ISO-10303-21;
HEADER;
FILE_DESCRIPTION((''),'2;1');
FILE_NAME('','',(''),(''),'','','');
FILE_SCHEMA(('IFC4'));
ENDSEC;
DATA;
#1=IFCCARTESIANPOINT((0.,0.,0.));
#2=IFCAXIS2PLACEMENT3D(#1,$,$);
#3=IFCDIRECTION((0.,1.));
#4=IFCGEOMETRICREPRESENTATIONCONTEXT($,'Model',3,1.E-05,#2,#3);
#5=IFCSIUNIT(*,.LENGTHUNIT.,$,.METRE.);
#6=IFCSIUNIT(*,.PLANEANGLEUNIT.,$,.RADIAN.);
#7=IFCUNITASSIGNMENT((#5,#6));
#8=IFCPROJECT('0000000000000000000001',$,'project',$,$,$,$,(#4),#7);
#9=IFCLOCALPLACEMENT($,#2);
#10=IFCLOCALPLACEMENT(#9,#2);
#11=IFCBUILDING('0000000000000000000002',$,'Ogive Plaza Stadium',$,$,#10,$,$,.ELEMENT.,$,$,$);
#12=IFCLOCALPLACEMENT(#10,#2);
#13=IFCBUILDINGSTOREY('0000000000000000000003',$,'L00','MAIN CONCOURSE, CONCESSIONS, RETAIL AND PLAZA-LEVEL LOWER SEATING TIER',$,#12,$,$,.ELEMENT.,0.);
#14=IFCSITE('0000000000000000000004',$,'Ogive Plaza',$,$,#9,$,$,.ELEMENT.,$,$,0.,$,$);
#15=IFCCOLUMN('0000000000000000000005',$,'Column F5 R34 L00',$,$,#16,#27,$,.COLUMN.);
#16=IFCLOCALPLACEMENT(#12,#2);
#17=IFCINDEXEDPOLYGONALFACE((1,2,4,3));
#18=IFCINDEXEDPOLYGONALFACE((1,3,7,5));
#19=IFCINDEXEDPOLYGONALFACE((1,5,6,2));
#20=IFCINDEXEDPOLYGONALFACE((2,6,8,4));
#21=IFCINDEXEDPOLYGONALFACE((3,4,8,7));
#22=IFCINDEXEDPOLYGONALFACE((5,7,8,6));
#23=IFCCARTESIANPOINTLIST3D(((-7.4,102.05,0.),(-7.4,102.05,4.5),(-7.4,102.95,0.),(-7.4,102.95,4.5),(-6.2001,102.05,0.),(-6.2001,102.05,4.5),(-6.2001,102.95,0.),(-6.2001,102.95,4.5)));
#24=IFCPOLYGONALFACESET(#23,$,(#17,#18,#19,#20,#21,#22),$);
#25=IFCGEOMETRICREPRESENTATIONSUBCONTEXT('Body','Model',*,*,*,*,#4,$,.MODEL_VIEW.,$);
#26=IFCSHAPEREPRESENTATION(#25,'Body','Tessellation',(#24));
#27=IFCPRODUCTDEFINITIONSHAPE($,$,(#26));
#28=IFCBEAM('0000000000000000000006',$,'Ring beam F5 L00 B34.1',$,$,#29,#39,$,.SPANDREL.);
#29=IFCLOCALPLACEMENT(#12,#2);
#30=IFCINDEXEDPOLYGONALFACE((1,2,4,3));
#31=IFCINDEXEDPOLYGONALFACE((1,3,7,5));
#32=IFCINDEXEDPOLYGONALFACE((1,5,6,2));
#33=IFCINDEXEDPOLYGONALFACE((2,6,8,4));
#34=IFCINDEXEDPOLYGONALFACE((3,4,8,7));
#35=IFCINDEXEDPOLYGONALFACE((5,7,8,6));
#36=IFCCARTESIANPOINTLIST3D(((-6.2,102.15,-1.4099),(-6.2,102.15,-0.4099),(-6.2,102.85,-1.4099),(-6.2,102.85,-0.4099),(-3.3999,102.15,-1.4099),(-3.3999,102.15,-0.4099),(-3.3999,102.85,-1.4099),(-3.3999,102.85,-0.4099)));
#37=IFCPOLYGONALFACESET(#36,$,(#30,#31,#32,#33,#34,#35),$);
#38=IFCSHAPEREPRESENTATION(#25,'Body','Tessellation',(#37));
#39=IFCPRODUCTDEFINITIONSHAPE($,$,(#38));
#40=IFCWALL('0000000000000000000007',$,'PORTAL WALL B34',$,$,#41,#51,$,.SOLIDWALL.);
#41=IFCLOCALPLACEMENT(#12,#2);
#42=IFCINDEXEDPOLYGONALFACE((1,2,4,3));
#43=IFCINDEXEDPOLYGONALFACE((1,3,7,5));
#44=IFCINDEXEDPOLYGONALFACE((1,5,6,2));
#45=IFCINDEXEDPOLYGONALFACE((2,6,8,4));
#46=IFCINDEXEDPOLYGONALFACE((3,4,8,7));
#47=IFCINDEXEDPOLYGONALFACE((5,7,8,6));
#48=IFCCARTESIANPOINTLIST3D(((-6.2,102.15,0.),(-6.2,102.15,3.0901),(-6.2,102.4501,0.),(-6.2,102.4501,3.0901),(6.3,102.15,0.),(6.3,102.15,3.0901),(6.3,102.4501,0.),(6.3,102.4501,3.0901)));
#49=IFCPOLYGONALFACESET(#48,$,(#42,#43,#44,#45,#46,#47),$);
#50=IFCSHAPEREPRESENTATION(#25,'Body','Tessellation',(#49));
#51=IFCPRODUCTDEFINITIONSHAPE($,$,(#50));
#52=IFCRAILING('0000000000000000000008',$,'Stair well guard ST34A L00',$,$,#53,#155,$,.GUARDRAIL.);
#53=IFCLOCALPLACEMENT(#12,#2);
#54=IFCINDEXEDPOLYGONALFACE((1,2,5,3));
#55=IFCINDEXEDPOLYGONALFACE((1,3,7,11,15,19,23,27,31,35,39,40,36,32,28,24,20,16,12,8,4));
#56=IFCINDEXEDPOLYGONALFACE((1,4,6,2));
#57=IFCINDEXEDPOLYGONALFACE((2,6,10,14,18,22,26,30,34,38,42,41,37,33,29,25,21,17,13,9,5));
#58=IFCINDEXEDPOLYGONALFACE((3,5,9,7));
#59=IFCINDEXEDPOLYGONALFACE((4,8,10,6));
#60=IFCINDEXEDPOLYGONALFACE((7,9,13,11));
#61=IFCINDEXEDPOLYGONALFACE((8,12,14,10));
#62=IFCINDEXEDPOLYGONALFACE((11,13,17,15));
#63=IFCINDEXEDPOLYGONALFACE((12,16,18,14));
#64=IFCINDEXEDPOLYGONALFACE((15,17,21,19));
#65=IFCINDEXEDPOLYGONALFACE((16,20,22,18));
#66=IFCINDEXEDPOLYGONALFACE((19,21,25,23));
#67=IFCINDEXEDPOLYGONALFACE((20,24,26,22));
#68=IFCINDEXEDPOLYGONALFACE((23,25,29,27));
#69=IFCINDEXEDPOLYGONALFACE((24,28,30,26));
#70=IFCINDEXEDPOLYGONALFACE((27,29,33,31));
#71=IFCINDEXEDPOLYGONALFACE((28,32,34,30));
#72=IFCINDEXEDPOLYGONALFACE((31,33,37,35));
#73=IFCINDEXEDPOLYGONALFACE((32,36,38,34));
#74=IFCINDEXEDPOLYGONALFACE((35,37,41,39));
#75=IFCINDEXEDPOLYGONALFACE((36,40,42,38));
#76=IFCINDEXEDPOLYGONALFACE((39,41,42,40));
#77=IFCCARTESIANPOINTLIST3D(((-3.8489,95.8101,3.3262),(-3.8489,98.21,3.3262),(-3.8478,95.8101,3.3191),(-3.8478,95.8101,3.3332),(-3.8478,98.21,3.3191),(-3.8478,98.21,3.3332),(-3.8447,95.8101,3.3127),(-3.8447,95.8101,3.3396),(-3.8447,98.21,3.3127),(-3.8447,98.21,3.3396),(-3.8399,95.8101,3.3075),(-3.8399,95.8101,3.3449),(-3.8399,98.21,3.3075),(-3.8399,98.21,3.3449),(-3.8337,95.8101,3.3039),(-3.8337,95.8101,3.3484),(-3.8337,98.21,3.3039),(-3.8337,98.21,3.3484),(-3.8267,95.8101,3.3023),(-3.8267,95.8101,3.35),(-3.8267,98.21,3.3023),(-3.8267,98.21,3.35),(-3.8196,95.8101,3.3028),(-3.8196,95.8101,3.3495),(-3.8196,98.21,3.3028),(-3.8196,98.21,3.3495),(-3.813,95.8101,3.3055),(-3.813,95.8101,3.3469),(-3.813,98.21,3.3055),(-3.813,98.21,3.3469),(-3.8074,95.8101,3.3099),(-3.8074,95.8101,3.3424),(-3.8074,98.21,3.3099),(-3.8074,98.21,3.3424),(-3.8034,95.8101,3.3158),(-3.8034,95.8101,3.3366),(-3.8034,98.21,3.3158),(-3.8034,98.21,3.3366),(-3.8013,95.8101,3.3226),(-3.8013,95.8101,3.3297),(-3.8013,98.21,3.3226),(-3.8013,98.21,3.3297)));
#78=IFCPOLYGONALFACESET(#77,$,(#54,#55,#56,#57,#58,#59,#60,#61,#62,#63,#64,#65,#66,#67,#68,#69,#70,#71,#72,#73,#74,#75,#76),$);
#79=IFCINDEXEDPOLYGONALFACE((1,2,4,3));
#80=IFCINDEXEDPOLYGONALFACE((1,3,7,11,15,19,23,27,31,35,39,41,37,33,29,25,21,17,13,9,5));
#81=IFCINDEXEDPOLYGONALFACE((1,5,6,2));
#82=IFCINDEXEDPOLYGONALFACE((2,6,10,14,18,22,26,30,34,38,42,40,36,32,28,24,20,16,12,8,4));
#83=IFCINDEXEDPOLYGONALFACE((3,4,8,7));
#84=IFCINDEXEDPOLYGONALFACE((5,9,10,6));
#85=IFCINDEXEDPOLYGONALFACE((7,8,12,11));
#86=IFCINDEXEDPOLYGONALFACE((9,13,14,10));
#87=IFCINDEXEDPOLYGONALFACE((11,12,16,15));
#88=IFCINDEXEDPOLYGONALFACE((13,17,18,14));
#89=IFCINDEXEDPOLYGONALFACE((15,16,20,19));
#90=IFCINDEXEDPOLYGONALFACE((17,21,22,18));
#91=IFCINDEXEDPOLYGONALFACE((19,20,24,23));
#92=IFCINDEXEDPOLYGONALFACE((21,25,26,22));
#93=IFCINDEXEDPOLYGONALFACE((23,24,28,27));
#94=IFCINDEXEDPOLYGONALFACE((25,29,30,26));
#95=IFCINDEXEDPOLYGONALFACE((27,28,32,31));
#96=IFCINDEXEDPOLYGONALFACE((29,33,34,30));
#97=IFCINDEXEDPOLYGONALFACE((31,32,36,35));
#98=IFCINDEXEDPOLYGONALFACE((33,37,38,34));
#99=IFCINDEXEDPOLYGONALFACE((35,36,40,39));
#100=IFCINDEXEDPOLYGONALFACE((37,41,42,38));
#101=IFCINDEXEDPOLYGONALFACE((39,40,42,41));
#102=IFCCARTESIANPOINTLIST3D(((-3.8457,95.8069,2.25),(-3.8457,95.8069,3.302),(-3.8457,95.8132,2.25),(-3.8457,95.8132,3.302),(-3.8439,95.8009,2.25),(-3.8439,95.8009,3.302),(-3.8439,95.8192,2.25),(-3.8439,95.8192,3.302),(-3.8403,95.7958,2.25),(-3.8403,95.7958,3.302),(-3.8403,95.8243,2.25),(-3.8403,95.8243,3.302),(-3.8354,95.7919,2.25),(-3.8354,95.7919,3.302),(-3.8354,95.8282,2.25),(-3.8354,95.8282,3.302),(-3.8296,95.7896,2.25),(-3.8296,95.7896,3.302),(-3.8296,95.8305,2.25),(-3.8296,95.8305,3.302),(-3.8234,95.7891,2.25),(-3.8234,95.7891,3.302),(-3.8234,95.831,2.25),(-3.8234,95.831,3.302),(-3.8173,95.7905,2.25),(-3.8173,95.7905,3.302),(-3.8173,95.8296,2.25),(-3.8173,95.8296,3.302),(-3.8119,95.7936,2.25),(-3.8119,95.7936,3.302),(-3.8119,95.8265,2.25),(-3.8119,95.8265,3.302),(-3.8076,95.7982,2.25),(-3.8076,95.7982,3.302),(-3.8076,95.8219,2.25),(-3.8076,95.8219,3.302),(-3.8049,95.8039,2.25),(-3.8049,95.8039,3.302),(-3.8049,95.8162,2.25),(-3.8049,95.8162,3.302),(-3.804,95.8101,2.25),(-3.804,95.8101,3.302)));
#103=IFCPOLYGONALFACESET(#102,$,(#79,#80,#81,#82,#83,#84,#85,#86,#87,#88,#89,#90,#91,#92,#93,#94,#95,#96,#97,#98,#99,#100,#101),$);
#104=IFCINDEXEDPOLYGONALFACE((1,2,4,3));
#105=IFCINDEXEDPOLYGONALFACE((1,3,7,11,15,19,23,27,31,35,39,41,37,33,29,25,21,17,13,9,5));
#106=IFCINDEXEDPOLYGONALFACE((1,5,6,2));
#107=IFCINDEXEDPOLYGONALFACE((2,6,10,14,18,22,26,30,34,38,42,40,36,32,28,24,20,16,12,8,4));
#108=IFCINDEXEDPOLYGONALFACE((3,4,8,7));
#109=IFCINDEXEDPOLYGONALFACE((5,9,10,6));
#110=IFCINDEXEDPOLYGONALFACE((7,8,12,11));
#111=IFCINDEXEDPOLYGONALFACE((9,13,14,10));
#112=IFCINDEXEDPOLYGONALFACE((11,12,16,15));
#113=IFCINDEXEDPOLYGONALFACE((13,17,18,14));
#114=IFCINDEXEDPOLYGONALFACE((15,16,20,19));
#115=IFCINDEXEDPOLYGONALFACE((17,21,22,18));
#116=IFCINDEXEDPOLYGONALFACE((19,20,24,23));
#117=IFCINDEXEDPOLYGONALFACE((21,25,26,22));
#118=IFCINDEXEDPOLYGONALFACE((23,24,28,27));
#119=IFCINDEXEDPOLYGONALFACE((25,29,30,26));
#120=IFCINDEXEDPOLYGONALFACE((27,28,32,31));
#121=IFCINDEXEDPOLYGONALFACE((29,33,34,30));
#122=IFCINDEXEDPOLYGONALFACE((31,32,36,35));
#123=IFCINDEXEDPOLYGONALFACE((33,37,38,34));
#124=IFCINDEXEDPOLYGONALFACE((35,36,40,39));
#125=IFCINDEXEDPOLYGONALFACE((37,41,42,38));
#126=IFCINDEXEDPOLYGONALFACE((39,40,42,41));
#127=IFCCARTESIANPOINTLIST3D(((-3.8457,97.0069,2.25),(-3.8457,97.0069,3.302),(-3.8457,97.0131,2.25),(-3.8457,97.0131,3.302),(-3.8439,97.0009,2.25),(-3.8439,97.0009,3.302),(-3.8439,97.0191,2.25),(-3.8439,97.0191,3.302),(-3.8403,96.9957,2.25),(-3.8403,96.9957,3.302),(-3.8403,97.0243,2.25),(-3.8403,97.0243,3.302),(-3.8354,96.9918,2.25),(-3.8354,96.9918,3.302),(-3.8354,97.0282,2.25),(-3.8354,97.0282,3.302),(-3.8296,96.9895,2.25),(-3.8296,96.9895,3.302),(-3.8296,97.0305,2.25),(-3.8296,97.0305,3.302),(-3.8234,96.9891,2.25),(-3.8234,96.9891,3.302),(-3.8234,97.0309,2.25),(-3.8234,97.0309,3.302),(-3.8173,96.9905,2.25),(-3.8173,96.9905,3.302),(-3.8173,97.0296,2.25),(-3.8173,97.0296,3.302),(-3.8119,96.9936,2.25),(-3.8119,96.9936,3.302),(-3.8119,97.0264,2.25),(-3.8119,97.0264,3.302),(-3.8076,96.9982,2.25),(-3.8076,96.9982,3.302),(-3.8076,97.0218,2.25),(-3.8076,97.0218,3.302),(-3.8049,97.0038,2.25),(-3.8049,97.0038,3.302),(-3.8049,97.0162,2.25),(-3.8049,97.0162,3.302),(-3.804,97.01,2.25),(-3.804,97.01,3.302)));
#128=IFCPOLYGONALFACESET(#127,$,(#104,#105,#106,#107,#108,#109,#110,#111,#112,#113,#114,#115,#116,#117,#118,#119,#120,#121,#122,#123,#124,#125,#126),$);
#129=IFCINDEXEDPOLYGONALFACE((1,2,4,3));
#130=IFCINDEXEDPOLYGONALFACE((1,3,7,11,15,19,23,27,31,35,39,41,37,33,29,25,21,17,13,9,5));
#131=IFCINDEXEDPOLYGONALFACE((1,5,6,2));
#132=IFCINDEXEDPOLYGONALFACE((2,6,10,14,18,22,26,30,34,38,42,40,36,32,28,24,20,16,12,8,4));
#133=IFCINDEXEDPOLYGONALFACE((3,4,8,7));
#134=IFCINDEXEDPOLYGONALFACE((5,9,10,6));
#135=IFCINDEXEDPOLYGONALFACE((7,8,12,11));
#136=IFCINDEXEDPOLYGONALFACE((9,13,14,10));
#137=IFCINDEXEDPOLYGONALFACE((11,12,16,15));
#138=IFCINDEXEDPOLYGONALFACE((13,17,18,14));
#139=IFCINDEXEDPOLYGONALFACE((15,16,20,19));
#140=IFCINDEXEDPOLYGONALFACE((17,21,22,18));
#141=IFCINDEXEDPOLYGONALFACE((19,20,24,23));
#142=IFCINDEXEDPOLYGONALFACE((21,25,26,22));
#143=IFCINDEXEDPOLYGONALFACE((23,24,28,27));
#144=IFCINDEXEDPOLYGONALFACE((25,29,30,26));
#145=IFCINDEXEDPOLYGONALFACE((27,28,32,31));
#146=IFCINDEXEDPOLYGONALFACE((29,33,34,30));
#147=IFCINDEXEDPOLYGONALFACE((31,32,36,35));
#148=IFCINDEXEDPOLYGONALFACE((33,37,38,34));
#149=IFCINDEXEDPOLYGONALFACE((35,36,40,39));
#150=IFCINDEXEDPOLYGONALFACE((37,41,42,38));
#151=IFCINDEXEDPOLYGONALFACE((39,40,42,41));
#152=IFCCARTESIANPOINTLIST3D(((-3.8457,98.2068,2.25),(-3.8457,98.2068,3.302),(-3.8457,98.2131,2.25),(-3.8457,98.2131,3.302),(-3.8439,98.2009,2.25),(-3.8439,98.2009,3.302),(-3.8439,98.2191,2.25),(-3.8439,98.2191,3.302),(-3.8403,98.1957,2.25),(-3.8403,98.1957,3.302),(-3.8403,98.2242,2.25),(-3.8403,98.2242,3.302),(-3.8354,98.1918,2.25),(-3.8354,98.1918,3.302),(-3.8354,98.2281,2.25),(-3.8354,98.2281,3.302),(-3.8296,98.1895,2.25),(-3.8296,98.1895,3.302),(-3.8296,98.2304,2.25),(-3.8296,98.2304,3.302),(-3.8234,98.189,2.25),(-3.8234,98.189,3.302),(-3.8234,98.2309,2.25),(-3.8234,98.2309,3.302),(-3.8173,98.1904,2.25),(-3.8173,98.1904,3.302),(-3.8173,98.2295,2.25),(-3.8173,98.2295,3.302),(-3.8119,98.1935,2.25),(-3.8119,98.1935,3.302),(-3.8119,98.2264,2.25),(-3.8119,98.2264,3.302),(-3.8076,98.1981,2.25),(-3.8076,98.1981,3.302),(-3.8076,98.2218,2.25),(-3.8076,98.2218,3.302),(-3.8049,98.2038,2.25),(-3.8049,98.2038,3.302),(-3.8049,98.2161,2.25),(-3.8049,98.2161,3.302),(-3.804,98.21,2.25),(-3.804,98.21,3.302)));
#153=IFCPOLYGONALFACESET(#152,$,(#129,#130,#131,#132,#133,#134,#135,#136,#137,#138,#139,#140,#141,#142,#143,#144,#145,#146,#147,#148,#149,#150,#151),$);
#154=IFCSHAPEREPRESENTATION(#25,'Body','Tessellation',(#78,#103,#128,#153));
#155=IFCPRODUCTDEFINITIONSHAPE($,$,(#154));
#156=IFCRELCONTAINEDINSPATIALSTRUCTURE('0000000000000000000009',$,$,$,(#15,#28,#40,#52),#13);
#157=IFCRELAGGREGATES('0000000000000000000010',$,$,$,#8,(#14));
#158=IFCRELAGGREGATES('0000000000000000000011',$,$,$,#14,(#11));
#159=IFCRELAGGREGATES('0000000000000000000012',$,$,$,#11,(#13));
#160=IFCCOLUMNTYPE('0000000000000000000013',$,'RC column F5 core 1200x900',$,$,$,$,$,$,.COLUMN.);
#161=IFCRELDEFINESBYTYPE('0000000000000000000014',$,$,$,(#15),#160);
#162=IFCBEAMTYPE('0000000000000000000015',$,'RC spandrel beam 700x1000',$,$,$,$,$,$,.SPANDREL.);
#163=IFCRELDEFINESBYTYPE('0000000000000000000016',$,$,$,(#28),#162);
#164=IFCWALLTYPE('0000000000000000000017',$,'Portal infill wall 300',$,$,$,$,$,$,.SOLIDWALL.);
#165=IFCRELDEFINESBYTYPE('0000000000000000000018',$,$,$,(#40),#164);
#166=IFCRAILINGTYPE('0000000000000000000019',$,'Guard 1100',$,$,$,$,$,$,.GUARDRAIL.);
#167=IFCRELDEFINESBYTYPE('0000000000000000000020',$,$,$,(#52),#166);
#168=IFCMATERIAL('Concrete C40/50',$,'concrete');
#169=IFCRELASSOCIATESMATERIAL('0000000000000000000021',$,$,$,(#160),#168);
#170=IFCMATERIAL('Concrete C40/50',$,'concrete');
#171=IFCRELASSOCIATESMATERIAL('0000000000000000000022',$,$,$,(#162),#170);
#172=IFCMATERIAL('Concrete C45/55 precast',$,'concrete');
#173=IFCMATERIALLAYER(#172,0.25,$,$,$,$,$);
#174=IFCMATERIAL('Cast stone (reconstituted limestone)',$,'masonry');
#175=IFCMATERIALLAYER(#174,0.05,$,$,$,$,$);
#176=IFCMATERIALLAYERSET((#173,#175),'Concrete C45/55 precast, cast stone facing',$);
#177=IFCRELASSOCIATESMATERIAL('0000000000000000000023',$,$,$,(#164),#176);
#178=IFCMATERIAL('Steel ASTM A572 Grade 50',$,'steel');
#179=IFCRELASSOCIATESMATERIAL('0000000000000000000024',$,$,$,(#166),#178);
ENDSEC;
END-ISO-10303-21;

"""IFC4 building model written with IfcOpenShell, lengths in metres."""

from ifc_helpers import new_model, si_unit, direction, frame, frame_2d, origin, origin_2d, place, context, subcontext, project, spatial, rectangle, circle, extrude, material, layer, layer_set, material_profile, profile_set, type_object, element, save


model = new_model("IFC4")

# Units and contexts
model_context = context("Model", 3, precision=1e-05, world=origin(), true_north=direction((0.0, 1.0)))
body_context = subcontext(model_context, "Body", "Model", "MODEL_VIEW")
ifc_project = project(units=[si_unit("LENGTHUNIT", "METRE"), si_unit("PLANEANGLEUNIT", "RADIAN")], contexts=[model_context])

# Site, building, storey
site_placement = place(None, origin())
site = spatial("IfcSite", under=ifc_project, at=site_placement, Name="Ogive Plaza", CompositionType="ELEMENT", RefElevation=0.0)
building_placement = place(site_placement, origin())
building = spatial("IfcBuilding", under=site, at=building_placement, Name="Ogive Plaza Stadium", CompositionType="ELEMENT")
storey_placement = place(building_placement, origin())
storey = spatial("IfcBuildingStorey", under=building, at=storey_placement, Name="L00", Description="MAIN CONCOURSE, CONCESSIONS, RETAIL AND PLAZA-LEVEL LOWER SEATING TIER", CompositionType="ELEMENT", Elevation=0.0)

# Column
ifc_material_1 = material(Name="Concrete C40/50", Category="concrete")
ifc_material_profile_1 = material_profile(ifc_material_1, rectangle(XDim=1.2, YDim=0.8999, at=origin_2d()), Name="RC 1200x900")
ifc_profile_set_1 = profile_set([ifc_material_profile_1], Name="Concrete C40/50")
column_type = type_object("IfcColumnType", Name="RC column F5 core 1200x900", PredefinedType="COLUMN", material=ifc_profile_set_1)
column_placement = place(storey_placement, frame((-6.8, 102.5, 0.0), z_axis=(0.0, 0.0, 1.0), x_axis=(-1.0, 0.0, 0.0)))
element("IfcColumn", 1, at=column_placement, inside=storey, type_object=column_type, Name="Column F5 R34 L00", PredefinedType="COLUMN", context=body_context, shape_type="SweptSolid", body=[
    extrude(rectangle(XDim=1.2, YDim=0.8999, at=origin_2d()), origin(), (0.0, 0.0, 1.0), 4.5),
])

# Beam
ifc_material_2 = material(Name="Concrete C40/50", Category="concrete")
ifc_material_profile_2 = material_profile(ifc_material_2, rectangle(XDim=0.7, YDim=1.0, at=origin_2d()), Name="RC 700x1000")
ifc_profile_set_2 = profile_set([ifc_material_profile_2], Name="Concrete C40/50")
beam_type = type_object("IfcBeamType", Name="RC spandrel beam 700x1000", PredefinedType="SPANDREL", material=ifc_profile_set_2)
beam_placement = place(storey_placement, frame((-6.2, 102.5, -0.9099), z_axis=(1.0, 0.0, 0.0), x_axis=(0.0, 1.0, 0.0)))
element("IfcBeam", 2, at=beam_placement, inside=storey, type_object=beam_type, Name="Ring beam F5 L00 B34.1", PredefinedType="SPANDREL", context=body_context, shape_type="SweptSolid", body=[
    extrude(rectangle(XDim=0.7, YDim=1.0, at=origin_2d()), origin(), (0.0, 0.0, 1.0), 2.8),
])

# Wall
ifc_material_3 = material(Name="Concrete C45/55 precast", Category="concrete")
ifc_layer_1 = layer(ifc_material_3, 0.25)
ifc_material_4 = material(Name="Cast stone (reconstituted limestone)", Category="masonry")
ifc_layer_2 = layer(ifc_material_4, 0.05)
ifc_layer_set = layer_set([ifc_layer_1, ifc_layer_2], Name="Concrete C45/55 precast, cast stone facing")
wall_type = type_object("IfcWallType", Name="Portal infill wall 300", PredefinedType="SOLIDWALL", material=ifc_layer_set)
wall_placement = place(storey_placement, frame((-6.2, 102.3, 0.0), z_axis=(0.0, 0.0, 1.0), x_axis=(1.0, 0.0, 0.0)))
element("IfcWall", 3, at=wall_placement, inside=storey, type_object=wall_type, Name="PORTAL WALL B34", PredefinedType="SOLIDWALL", context=body_context, shape_type="SweptSolid", body=[
    extrude(rectangle(XDim=12.5, YDim=0.3, at=frame_2d((6.25, 0.0))), origin(), (0.0, 0.0, 1.0), 3.0901),
])

# Railing
ifc_material_5 = material(Name="Steel ASTM A572 Grade 50", Category="steel")
railing_type_1 = type_object("IfcRailingType", Name="Guard 1100", PredefinedType="GUARDRAIL", material=ifc_material_5)
for number, where, name in (
    (4, (-3.825, 95.8101, 2.25), "Stair well guard ST34A L00"),
):
    element("IfcRailing", number, at=place(storey_placement, frame(where)), inside=storey, type_object=railing_type_1, Name=name, PredefinedType="GUARDRAIL", context=body_context, shape_type="SweptSolid", body=[
        extrude(circle(Radius=0.0239, at=origin_2d()), frame((0.0, 0.0, 1.0762), z_axis=(0.0, 1.0, 0.0), x_axis=(-1.0, 0.0, 0.0)), (0.0, 0.0, 1.0), 2.3999),
        extrude(circle(Radius=0.021, at=origin_2d()), origin(), (0.0, 0.0, 1.0), 1.052),
        extrude(circle(Radius=0.021, at=origin_2d()), frame((0.0, 1.2, 0.0)), (0.0, 0.0, 1.0), 1.052),
        extrude(circle(Radius=0.021, at=origin_2d()), frame((0.0, 2.3999, 0.0)), (0.0, 0.0, 1.0), 1.052),
    ])

save(model, "model.ifc")
